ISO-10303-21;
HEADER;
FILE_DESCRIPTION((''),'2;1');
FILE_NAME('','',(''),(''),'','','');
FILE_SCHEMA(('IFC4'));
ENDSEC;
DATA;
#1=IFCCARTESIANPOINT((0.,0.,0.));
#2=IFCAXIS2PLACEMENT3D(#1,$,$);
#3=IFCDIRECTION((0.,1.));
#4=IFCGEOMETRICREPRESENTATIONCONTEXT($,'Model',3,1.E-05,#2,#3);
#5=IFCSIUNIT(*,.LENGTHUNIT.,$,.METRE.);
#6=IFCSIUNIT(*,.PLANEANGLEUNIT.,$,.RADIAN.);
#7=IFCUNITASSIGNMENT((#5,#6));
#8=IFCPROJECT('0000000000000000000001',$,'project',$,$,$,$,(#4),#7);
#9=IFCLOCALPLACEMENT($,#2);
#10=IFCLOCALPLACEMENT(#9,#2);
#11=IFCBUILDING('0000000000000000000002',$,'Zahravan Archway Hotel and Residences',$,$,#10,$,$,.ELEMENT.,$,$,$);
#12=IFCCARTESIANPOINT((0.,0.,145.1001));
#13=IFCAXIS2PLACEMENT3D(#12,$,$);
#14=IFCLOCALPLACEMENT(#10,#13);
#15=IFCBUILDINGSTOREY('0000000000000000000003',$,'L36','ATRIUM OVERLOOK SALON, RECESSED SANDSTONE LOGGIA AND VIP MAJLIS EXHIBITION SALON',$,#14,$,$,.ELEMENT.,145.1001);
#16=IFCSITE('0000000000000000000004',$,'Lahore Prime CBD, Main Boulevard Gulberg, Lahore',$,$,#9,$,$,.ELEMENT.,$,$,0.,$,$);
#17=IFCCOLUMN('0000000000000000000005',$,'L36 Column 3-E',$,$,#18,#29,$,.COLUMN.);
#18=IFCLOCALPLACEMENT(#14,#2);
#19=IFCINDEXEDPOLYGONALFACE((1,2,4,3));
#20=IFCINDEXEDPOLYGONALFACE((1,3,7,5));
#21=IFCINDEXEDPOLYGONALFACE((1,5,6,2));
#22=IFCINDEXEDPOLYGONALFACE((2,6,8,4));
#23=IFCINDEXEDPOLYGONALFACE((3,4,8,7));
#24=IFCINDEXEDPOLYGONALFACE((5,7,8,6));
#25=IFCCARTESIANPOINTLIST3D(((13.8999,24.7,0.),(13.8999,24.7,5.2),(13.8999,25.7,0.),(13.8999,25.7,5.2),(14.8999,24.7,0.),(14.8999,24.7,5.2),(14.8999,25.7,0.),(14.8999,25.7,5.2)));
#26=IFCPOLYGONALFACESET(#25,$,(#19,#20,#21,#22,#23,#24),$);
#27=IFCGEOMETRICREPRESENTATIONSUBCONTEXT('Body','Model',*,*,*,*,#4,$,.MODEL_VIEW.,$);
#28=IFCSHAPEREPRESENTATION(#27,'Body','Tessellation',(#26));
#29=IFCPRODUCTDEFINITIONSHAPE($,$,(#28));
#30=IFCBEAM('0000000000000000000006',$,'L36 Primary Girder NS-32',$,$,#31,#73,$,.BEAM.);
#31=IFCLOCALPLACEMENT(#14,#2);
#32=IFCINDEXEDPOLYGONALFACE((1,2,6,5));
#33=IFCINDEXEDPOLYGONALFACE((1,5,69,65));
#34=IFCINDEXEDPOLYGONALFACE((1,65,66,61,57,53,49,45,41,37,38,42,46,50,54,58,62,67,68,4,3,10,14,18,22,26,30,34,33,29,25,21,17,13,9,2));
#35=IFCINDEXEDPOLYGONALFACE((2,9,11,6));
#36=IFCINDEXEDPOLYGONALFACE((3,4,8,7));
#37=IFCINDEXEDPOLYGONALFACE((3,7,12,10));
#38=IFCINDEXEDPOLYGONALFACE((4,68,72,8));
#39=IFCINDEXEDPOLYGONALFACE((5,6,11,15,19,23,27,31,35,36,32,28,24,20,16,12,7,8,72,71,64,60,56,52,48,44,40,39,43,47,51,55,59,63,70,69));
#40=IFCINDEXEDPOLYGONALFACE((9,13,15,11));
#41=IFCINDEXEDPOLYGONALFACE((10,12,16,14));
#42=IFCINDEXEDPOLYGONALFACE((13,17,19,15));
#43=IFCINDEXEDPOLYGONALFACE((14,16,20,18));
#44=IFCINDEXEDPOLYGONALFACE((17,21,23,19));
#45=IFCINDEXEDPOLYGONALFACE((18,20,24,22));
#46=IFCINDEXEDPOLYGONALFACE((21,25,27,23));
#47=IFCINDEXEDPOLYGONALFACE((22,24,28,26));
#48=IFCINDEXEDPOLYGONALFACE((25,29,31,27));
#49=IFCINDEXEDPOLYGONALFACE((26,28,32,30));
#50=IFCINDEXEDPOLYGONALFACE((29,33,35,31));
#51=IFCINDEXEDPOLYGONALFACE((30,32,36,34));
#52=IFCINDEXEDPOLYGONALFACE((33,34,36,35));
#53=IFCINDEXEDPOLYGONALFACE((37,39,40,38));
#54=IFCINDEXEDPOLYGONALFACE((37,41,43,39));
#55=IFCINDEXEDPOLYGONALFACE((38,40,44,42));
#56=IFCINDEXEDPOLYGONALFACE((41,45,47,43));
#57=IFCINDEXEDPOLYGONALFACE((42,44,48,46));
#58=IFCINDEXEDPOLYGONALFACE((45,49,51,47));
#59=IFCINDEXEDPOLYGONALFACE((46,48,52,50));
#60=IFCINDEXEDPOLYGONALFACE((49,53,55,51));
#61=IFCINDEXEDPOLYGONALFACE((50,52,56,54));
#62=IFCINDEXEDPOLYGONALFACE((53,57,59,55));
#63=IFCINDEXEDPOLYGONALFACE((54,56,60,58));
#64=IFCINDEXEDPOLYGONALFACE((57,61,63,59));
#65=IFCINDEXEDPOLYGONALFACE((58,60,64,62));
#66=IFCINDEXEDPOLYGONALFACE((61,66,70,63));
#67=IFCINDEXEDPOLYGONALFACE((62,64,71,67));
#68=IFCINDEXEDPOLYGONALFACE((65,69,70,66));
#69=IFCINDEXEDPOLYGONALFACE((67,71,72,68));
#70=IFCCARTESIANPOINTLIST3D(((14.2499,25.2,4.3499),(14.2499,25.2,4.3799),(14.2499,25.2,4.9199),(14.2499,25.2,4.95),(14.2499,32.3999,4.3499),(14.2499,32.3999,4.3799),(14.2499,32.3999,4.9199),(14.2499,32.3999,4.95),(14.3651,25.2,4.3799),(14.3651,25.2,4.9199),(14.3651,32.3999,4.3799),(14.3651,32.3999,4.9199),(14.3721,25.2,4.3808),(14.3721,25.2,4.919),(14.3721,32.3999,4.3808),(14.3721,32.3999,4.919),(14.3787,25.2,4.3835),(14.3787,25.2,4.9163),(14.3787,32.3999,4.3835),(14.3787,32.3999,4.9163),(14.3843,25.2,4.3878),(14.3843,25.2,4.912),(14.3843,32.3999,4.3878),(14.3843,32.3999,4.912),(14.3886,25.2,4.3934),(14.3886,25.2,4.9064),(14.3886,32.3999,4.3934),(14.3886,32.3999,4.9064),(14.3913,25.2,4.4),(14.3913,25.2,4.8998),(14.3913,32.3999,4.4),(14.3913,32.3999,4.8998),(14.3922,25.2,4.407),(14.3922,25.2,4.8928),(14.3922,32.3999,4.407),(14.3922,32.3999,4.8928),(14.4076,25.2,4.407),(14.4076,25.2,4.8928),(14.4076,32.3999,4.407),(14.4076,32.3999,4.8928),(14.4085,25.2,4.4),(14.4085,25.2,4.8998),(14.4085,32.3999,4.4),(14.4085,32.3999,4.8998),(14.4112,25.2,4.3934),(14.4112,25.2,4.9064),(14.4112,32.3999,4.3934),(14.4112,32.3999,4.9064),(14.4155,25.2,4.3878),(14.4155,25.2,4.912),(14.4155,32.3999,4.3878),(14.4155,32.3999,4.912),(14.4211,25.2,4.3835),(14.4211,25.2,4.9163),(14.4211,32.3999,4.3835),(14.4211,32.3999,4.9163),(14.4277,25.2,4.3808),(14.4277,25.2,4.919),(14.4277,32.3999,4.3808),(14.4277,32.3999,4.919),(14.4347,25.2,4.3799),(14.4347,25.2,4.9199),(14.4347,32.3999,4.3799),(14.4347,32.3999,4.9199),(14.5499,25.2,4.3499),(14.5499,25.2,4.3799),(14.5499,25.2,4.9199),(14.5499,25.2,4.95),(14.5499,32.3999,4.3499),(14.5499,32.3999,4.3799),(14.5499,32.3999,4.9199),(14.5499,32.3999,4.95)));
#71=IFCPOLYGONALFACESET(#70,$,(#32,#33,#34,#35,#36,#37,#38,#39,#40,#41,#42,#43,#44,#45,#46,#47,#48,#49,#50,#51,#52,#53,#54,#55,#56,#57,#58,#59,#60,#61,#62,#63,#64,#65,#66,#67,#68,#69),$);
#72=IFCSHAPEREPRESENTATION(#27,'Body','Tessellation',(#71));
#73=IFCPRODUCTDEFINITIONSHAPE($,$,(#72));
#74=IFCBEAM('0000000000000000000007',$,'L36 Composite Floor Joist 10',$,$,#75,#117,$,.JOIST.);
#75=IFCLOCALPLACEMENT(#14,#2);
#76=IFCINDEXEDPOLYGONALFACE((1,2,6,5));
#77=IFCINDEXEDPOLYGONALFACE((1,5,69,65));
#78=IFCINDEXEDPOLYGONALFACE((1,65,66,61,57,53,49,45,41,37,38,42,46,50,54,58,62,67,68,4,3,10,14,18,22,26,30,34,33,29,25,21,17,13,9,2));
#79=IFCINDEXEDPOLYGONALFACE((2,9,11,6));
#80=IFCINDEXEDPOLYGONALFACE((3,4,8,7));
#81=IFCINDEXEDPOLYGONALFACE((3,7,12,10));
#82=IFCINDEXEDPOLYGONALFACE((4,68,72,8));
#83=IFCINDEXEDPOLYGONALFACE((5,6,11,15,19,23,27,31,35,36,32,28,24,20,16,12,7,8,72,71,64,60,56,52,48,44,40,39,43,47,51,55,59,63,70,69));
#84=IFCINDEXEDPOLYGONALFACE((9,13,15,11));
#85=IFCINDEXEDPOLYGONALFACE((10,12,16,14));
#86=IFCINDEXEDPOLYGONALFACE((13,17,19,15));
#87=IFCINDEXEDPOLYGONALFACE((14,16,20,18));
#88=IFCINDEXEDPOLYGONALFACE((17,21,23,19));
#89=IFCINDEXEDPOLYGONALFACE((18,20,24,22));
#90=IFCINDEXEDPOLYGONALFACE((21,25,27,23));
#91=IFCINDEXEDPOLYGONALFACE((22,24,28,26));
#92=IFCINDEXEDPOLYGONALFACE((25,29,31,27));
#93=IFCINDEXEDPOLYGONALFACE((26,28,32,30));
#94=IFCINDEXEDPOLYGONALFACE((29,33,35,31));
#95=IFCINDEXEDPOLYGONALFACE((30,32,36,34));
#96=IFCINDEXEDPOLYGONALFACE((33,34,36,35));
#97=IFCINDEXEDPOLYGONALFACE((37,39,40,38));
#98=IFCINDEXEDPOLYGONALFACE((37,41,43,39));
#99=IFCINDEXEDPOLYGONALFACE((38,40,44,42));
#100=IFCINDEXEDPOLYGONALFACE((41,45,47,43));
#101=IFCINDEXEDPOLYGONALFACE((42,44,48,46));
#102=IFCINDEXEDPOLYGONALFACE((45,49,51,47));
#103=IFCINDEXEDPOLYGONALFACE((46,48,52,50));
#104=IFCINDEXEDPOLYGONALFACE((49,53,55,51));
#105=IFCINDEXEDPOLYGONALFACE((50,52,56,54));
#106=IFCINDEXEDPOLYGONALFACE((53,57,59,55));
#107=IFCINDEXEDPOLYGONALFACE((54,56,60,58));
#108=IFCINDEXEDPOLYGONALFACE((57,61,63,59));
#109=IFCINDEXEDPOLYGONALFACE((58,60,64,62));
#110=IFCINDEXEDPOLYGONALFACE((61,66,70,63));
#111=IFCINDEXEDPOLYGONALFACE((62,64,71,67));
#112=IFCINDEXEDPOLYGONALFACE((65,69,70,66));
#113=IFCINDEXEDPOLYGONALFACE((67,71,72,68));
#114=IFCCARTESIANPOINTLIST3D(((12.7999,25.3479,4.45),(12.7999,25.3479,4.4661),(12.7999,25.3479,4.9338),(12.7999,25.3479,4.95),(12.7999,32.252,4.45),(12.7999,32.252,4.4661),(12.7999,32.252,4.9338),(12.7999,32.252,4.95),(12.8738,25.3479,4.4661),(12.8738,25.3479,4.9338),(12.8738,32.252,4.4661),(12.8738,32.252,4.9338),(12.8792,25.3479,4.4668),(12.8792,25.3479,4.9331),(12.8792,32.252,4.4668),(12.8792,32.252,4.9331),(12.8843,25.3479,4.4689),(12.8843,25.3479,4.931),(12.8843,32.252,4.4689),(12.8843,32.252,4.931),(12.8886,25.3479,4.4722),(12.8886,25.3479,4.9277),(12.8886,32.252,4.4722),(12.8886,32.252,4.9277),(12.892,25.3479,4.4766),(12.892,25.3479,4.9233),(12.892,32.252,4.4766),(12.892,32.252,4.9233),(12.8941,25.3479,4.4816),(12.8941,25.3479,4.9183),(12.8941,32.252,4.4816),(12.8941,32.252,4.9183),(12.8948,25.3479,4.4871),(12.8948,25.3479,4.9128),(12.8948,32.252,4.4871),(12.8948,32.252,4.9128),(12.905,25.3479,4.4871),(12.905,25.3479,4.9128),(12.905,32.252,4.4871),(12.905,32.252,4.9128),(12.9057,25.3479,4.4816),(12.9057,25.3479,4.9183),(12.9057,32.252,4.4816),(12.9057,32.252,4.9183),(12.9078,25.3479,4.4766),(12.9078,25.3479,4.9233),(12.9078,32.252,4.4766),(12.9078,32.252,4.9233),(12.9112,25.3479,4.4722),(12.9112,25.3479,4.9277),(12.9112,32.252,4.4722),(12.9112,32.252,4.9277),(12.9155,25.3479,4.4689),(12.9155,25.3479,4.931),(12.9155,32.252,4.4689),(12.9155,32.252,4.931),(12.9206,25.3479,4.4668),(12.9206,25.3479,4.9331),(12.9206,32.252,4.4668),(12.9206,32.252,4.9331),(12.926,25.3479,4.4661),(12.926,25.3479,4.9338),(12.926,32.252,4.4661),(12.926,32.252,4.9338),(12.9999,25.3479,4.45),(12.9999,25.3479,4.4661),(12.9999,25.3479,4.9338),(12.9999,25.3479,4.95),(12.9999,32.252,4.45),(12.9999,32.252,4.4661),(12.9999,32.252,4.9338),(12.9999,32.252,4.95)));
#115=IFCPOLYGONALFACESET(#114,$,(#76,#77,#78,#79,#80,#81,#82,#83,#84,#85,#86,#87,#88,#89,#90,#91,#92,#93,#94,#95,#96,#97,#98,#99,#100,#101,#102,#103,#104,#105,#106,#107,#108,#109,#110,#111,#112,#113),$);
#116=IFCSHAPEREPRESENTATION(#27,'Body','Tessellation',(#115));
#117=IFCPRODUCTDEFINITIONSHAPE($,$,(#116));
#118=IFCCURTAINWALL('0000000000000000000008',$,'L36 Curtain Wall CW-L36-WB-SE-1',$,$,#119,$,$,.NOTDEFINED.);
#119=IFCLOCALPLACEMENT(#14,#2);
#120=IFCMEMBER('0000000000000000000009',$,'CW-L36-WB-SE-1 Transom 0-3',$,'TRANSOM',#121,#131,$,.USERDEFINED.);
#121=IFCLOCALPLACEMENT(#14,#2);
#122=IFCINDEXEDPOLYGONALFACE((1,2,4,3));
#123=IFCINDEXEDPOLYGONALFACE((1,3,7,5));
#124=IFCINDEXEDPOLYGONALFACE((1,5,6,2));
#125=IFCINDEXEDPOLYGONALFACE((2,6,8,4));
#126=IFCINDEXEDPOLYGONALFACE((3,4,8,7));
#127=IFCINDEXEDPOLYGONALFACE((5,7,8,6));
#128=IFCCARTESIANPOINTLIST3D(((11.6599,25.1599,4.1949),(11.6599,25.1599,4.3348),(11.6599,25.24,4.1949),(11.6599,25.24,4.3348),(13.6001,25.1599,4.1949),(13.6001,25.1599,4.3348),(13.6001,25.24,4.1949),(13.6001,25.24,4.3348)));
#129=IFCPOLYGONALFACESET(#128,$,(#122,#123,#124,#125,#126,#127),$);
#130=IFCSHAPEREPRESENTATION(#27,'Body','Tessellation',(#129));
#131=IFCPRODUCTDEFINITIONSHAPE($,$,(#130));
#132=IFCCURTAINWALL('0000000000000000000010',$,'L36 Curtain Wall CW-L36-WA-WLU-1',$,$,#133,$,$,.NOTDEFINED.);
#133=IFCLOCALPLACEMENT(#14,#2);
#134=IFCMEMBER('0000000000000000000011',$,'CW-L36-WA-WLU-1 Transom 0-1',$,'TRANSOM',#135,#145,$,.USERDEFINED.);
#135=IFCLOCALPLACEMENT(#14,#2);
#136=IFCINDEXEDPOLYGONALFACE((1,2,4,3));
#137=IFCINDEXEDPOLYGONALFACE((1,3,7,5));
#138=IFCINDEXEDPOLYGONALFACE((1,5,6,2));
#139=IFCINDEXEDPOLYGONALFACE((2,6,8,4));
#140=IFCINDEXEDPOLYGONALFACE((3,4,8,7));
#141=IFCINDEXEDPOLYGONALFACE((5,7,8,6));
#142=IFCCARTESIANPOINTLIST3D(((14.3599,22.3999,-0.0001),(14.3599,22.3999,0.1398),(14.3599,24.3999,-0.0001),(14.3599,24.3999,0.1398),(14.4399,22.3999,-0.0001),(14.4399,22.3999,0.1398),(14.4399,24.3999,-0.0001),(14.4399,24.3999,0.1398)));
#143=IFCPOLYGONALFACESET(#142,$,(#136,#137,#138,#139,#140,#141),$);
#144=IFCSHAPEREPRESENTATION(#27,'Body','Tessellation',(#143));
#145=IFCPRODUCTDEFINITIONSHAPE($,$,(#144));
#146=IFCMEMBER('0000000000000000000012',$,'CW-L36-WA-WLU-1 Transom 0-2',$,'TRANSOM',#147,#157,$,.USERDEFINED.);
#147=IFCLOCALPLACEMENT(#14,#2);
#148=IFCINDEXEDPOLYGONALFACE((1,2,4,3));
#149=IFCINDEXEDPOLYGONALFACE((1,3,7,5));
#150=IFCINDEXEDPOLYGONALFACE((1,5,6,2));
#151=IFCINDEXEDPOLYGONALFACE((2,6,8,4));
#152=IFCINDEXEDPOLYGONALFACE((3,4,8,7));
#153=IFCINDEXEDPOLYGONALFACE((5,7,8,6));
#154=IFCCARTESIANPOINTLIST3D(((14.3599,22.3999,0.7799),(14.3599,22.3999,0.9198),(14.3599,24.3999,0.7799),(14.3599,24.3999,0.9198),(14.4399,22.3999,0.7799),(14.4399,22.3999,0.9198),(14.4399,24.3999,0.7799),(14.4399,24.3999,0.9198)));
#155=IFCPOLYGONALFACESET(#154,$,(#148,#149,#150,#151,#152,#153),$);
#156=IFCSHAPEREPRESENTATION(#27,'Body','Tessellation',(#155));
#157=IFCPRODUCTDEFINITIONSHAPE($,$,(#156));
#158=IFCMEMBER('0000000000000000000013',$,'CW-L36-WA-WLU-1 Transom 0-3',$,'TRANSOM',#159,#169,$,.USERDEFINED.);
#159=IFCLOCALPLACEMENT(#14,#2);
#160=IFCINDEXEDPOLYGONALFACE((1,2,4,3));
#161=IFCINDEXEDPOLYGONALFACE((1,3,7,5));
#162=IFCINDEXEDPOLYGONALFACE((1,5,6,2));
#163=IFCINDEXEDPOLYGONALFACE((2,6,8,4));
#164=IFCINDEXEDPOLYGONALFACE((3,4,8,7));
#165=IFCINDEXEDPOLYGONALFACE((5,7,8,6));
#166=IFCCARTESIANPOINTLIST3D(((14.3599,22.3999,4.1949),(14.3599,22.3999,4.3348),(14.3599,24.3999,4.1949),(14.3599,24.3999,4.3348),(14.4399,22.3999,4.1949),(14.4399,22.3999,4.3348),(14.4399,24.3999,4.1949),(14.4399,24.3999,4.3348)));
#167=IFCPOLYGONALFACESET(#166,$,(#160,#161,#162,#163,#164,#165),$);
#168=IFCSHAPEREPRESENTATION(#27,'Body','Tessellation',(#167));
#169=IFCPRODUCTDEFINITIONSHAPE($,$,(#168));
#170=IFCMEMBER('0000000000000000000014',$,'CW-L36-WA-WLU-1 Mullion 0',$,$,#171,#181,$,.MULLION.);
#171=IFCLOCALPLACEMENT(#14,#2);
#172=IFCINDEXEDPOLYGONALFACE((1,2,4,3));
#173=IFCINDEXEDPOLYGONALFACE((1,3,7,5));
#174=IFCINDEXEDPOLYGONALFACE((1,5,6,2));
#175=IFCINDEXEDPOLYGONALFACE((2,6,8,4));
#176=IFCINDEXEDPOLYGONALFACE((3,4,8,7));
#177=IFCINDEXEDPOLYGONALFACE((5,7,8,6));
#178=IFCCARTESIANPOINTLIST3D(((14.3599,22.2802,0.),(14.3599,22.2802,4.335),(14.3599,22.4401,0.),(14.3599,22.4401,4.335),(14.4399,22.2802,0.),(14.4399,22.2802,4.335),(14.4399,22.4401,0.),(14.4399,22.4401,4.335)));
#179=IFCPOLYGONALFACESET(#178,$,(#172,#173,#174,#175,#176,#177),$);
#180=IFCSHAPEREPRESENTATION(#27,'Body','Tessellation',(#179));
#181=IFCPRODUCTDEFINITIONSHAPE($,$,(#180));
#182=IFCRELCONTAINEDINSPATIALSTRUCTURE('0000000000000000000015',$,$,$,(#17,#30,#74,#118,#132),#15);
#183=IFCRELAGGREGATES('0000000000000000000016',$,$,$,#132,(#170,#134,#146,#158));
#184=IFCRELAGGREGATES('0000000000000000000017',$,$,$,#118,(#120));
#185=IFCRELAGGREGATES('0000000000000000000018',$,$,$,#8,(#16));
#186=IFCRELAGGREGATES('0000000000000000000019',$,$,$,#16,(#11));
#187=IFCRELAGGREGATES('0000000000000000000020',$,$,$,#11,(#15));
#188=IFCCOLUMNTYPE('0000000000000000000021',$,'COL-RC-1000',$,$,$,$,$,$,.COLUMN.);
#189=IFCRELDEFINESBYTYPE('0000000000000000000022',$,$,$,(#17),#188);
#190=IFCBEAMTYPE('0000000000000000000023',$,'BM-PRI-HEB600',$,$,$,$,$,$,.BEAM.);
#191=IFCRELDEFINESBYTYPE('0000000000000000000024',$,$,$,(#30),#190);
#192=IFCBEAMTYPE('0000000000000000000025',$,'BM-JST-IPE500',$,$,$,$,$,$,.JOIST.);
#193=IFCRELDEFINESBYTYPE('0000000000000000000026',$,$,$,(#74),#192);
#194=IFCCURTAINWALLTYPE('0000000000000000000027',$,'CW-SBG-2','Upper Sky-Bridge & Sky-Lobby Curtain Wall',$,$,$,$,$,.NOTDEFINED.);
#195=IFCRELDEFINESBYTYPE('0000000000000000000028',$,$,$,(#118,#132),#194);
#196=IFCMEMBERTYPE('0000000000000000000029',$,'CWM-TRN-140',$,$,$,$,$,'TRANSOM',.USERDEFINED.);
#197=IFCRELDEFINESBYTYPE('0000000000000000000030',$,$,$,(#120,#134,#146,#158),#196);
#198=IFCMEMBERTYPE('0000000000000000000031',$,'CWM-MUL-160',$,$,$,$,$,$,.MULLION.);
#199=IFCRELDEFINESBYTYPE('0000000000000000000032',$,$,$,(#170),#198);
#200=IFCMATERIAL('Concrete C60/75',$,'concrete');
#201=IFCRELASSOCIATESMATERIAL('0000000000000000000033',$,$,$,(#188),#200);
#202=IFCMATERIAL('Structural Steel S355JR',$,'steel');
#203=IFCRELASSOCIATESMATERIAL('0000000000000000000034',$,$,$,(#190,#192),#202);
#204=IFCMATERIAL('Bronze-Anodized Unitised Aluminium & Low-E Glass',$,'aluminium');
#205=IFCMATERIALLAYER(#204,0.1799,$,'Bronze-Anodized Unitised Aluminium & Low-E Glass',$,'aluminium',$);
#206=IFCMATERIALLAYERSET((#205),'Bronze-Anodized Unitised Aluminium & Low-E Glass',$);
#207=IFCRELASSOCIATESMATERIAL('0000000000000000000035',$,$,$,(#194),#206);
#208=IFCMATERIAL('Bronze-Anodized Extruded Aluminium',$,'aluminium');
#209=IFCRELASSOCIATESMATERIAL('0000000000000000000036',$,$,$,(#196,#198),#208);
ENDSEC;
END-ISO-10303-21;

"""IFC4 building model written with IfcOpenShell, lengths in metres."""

from ifc_helpers import new_model, si_unit, direction, frame, origin, origin_2d, place, context, subcontext, project, spatial, rectangle, i_section, extrude, source, transform, mapped, material, layer, layer_set, material_profile, profile_set, type_object, type_shapes, element, aggregate, save


model = new_model("IFC4")

# Units and contexts
model_context = context("Model", 3, precision=1e-05, world=origin(), true_north=direction((0.0, 1.0)))
body_context = subcontext(model_context, "Body", "Model", "MODEL_VIEW")
ifc_project = project(units=[si_unit("LENGTHUNIT", "METRE"), si_unit("PLANEANGLEUNIT", "RADIAN")], contexts=[model_context])

# Site, building, storey
site_placement = place(None, origin())
site = spatial("IfcSite", under=ifc_project, at=site_placement, Name="Lahore Prime CBD, Main Boulevard Gulberg, Lahore", CompositionType="ELEMENT", RefElevation=0.0)
building_placement = place(site_placement, origin())
building = spatial("IfcBuilding", under=site, at=building_placement, Name="Zahravan Archway Hotel and Residences", CompositionType="ELEMENT")
storey_placement = place(building_placement, frame((0.0, 0.0, 145.1001)))
storey = spatial("IfcBuildingStorey", under=building, at=storey_placement, Name="L36", Description="ATRIUM OVERLOOK SALON, RECESSED SANDSTONE LOGGIA AND VIP MAJLIS EXHIBITION SALON", CompositionType="ELEMENT", Elevation=145.1001)

# Column
ifc_material_1 = material(Name="Concrete C60/75", Category="concrete")
ifc_material_profile_1 = material_profile(ifc_material_1, rectangle(XDim=1.0, YDim=1.0, at=origin_2d()), Name="RC-COL-1000x1000", Category="concrete")
ifc_profile_set_1 = profile_set([ifc_material_profile_1], Name="Concrete C60/75")
column_type = type_object("IfcColumnType", Name="COL-RC-1000", PredefinedType="COLUMN", material=ifc_profile_set_1)
shared_shape_1 = source(origin(), body_context, "Body", "SweptSolid", [
    extrude(rectangle(XDim=1.0, YDim=1.0, at=origin_2d()), origin(), (0.0, 0.0, 1.0), 5.2),
])
column_placement = place(storey_placement, frame((14.3999, 25.2, 0.0), z_axis=(0.0, 0.0, 1.0), x_axis=(1.0, 0.0, 0.0)))
element("IfcColumn", 1, at=column_placement, inside=storey, type_object=column_type, Name="L36 Column 3-E", PredefinedType="COLUMN", context=body_context, shape_type="MappedRepresentation", body=[
    mapped(shared_shape_1, transform((0.0, 0.0, 0.0), scale=1.0)),
])

# Beams
ifc_material_2 = material(Name="Structural Steel S355JR", Category="steel")
ifc_material_profile_2 = material_profile(ifc_material_2, i_section(OverallWidth=0.3, OverallDepth=0.6001, WebThickness=0.0154, FlangeThickness=0.03, FilletRadius=0.0271, at=origin_2d()), Name="HEB 600", Category="steel")
ifc_profile_set_2 = profile_set([ifc_material_profile_2], Name="Structural Steel S355JR")
beam_type_1 = type_object("IfcBeamType", Name="BM-PRI-HEB600", PredefinedType="BEAM", material=ifc_profile_set_2)
shared_shape_2 = source(origin(), body_context, "Body", "SweptSolid", [
    extrude(i_section(OverallWidth=0.3, OverallDepth=0.6001, WebThickness=0.0154, FlangeThickness=0.03, FilletRadius=0.0271, at=origin_2d()), origin(), (0.0, 0.0, 1.0), 7.2),
])
beam_1_placement = place(storey_placement, frame((14.3999, 25.2, 4.6499), z_axis=(0.0, 1.0, 0.0), x_axis=(-1.0, 0.0, 0.0)))
element("IfcBeam", 2, at=beam_1_placement, inside=storey, type_object=beam_type_1, Name="L36 Primary Girder NS-32", PredefinedType="BEAM", context=body_context, shape_type="MappedRepresentation", body=[
    mapped(shared_shape_2, transform((0.0, 0.0, 0.0), scale=1.0)),
])
ifc_material_profile_3 = material_profile(ifc_material_2, i_section(OverallWidth=0.2, OverallDepth=0.5, WebThickness=0.0103, FlangeThickness=0.0161, FilletRadius=0.021, at=origin_2d()), Name="IPE 500", Category="steel")
ifc_profile_set_3 = profile_set([ifc_material_profile_3], Name="Structural Steel S355JR")
beam_type_2 = type_object("IfcBeamType", Name="BM-JST-IPE500", PredefinedType="JOIST", material=ifc_profile_set_3)
shared_shape_3 = source(origin(), body_context, "Body", "SweptSolid", [
    extrude(i_section(OverallWidth=0.2, OverallDepth=0.5, WebThickness=0.0103, FlangeThickness=0.0161, FilletRadius=0.021, at=origin_2d()), origin(), (0.0, 0.0, 1.0), 6.9041),
])
type_shapes(beam_type_2, [shared_shape_3])
beam_2_placement = place(storey_placement, frame((12.8999, 25.3479, 4.7), z_axis=(0.0, 1.0, 0.0), x_axis=(-1.0, 0.0, 0.0)))
element("IfcBeam", 3, at=beam_2_placement, inside=storey, type_object=beam_type_2, Name="L36 Composite Floor Joist 10", PredefinedType="JOIST", context=body_context, shape_type="MappedRepresentation", body=[
    mapped(shared_shape_3, transform((0.0, 0.0, 0.0), scale=1.0)),
])

# Curtain wall, member
ifc_material_3 = material(Name="Bronze-Anodized Unitised Aluminium & Low-E Glass", Category="aluminium")
ifc_layer_1 = layer(ifc_material_3, 0.1799, Name="Bronze-Anodized Unitised Aluminium & Low-E Glass", Category="aluminium")
ifc_layer_set_1 = layer_set([ifc_layer_1], Name="Bronze-Anodized Unitised Aluminium & Low-E Glass")
curtain_wall_type = type_object("IfcCurtainWallType", Name="CW-SBG-2", Description="Upper Sky-Bridge & Sky-Lobby Curtain Wall", PredefinedType="NOTDEFINED", material=ifc_layer_set_1)
curtain_wall_1_placement = place(storey_placement, origin())
curtain_wall_1 = element("IfcCurtainWall", 4, at=curtain_wall_1_placement, inside=storey, type_object=curtain_wall_type, Name="L36 Curtain Wall CW-L36-WB-SE-1", PredefinedType="NOTDEFINED")
ifc_material_4 = material(Name="Bronze-Anodized Extruded Aluminium", Category="aluminium")
ifc_material_profile_4 = material_profile(ifc_material_4, rectangle(XDim=0.0801, YDim=0.1399, at=origin_2d()), Name="TRN 80x140", Category="aluminium")
ifc_profile_set_4 = profile_set([ifc_material_profile_4], Name="Bronze-Anodized Extruded Aluminium")
member_type_1 = type_object("IfcMemberType", Name="CWM-TRN-140", ElementType="TRANSOM", PredefinedType="USERDEFINED", material=ifc_profile_set_4)
shared_shape_4 = source(origin(), body_context, "Body", "SweptSolid", [
    extrude(rectangle(XDim=0.0801, YDim=0.1399, at=origin_2d()), origin(), (0.0, 0.0, 1.0), 1.9402),
])
member_1_placement = place(storey_placement, frame((11.6599, 25.2, 4.2649), z_axis=(1.0, 0.0, 0.0), x_axis=(0.0, 1.0, 0.0)))
member_1 = element("IfcMember", 5, at=member_1_placement, type_object=member_type_1, Name="CW-L36-WB-SE-1 Transom 0-3", ObjectType="TRANSOM", PredefinedType="USERDEFINED", context=body_context, shape_type="MappedRepresentation", body=[
    mapped(shared_shape_4, transform((0.0, 0.0, 0.0), scale=1.0)),
])

# Curtain wall, members
curtain_wall_2_placement = place(storey_placement, origin())
curtain_wall_2 = element("IfcCurtainWall", 6, at=curtain_wall_2_placement, inside=storey, type_object=curtain_wall_type, Name="L36 Curtain Wall CW-L36-WA-WLU-1", PredefinedType="NOTDEFINED")
shared_shape_5 = source(origin(), body_context, "Body", "SweptSolid", [
    extrude(rectangle(XDim=0.0801, YDim=0.1399, at=origin_2d()), origin(), (0.0, 0.0, 1.0), 2.0),
])
member_2_placement = place(storey_placement, frame((14.3999, 22.3999, 0.0698), z_axis=(0.0, 1.0, 0.0), x_axis=(-1.0, 0.0, 0.0)))
member_2 = element("IfcMember", 7, at=member_2_placement, type_object=member_type_1, Name="CW-L36-WA-WLU-1 Transom 0-1", ObjectType="TRANSOM", PredefinedType="USERDEFINED", context=body_context, shape_type="MappedRepresentation", body=[
    mapped(shared_shape_5, transform((0.0, 0.0, 0.0), scale=1.0)),
])
member_3_placement = place(storey_placement, frame((14.3999, 22.3999, 0.8499), z_axis=(0.0, 1.0, 0.0), x_axis=(-1.0, 0.0, 0.0)))
member_3 = element("IfcMember", 8, at=member_3_placement, type_object=member_type_1, Name="CW-L36-WA-WLU-1 Transom 0-2", ObjectType="TRANSOM", PredefinedType="USERDEFINED", context=body_context, shape_type="MappedRepresentation", body=[
    mapped(shared_shape_5, transform((0.0, 0.0, 0.0), scale=1.0)),
])
member_4_placement = place(storey_placement, frame((14.3999, 22.3999, 4.2649), z_axis=(0.0, 1.0, 0.0), x_axis=(-1.0, 0.0, 0.0)))
member_4 = element("IfcMember", 9, at=member_4_placement, type_object=member_type_1, Name="CW-L36-WA-WLU-1 Transom 0-3", ObjectType="TRANSOM", PredefinedType="USERDEFINED", context=body_context, shape_type="MappedRepresentation", body=[
    mapped(shared_shape_5, transform((0.0, 0.0, 0.0), scale=1.0)),
])
ifc_material_profile_5 = material_profile(ifc_material_4, rectangle(XDim=0.0801, YDim=0.1599, at=origin_2d()), Name="MUL 80x160", Category="aluminium")
ifc_profile_set_5 = profile_set([ifc_material_profile_5], Name="Bronze-Anodized Extruded Aluminium")
member_type_2 = type_object("IfcMemberType", Name="CWM-MUL-160", PredefinedType="MULLION", material=ifc_profile_set_5)
shared_shape_6 = source(origin(), body_context, "Body", "SweptSolid", [
    extrude(rectangle(XDim=0.0801, YDim=0.1599, at=origin_2d()), origin(), (0.0, 0.0, 1.0), 4.335),
])
member_5_placement = place(storey_placement, frame((14.3999, 22.3601, 0.0), z_axis=(0.0, 0.0, 1.0), x_axis=(1.0, 0.0, 0.0)))
member_5 = element("IfcMember", 10, at=member_5_placement, type_object=member_type_2, Name="CW-L36-WA-WLU-1 Mullion 0", PredefinedType="MULLION", context=body_context, shape_type="MappedRepresentation", body=[
    mapped(shared_shape_6, transform((0.0, 0.0, 0.0), scale=1.0)),
])

aggregate(curtain_wall_2, [member_5, member_2, member_3, member_4])
aggregate(curtain_wall_1, [member_1])

save(model, "model.ifc")
